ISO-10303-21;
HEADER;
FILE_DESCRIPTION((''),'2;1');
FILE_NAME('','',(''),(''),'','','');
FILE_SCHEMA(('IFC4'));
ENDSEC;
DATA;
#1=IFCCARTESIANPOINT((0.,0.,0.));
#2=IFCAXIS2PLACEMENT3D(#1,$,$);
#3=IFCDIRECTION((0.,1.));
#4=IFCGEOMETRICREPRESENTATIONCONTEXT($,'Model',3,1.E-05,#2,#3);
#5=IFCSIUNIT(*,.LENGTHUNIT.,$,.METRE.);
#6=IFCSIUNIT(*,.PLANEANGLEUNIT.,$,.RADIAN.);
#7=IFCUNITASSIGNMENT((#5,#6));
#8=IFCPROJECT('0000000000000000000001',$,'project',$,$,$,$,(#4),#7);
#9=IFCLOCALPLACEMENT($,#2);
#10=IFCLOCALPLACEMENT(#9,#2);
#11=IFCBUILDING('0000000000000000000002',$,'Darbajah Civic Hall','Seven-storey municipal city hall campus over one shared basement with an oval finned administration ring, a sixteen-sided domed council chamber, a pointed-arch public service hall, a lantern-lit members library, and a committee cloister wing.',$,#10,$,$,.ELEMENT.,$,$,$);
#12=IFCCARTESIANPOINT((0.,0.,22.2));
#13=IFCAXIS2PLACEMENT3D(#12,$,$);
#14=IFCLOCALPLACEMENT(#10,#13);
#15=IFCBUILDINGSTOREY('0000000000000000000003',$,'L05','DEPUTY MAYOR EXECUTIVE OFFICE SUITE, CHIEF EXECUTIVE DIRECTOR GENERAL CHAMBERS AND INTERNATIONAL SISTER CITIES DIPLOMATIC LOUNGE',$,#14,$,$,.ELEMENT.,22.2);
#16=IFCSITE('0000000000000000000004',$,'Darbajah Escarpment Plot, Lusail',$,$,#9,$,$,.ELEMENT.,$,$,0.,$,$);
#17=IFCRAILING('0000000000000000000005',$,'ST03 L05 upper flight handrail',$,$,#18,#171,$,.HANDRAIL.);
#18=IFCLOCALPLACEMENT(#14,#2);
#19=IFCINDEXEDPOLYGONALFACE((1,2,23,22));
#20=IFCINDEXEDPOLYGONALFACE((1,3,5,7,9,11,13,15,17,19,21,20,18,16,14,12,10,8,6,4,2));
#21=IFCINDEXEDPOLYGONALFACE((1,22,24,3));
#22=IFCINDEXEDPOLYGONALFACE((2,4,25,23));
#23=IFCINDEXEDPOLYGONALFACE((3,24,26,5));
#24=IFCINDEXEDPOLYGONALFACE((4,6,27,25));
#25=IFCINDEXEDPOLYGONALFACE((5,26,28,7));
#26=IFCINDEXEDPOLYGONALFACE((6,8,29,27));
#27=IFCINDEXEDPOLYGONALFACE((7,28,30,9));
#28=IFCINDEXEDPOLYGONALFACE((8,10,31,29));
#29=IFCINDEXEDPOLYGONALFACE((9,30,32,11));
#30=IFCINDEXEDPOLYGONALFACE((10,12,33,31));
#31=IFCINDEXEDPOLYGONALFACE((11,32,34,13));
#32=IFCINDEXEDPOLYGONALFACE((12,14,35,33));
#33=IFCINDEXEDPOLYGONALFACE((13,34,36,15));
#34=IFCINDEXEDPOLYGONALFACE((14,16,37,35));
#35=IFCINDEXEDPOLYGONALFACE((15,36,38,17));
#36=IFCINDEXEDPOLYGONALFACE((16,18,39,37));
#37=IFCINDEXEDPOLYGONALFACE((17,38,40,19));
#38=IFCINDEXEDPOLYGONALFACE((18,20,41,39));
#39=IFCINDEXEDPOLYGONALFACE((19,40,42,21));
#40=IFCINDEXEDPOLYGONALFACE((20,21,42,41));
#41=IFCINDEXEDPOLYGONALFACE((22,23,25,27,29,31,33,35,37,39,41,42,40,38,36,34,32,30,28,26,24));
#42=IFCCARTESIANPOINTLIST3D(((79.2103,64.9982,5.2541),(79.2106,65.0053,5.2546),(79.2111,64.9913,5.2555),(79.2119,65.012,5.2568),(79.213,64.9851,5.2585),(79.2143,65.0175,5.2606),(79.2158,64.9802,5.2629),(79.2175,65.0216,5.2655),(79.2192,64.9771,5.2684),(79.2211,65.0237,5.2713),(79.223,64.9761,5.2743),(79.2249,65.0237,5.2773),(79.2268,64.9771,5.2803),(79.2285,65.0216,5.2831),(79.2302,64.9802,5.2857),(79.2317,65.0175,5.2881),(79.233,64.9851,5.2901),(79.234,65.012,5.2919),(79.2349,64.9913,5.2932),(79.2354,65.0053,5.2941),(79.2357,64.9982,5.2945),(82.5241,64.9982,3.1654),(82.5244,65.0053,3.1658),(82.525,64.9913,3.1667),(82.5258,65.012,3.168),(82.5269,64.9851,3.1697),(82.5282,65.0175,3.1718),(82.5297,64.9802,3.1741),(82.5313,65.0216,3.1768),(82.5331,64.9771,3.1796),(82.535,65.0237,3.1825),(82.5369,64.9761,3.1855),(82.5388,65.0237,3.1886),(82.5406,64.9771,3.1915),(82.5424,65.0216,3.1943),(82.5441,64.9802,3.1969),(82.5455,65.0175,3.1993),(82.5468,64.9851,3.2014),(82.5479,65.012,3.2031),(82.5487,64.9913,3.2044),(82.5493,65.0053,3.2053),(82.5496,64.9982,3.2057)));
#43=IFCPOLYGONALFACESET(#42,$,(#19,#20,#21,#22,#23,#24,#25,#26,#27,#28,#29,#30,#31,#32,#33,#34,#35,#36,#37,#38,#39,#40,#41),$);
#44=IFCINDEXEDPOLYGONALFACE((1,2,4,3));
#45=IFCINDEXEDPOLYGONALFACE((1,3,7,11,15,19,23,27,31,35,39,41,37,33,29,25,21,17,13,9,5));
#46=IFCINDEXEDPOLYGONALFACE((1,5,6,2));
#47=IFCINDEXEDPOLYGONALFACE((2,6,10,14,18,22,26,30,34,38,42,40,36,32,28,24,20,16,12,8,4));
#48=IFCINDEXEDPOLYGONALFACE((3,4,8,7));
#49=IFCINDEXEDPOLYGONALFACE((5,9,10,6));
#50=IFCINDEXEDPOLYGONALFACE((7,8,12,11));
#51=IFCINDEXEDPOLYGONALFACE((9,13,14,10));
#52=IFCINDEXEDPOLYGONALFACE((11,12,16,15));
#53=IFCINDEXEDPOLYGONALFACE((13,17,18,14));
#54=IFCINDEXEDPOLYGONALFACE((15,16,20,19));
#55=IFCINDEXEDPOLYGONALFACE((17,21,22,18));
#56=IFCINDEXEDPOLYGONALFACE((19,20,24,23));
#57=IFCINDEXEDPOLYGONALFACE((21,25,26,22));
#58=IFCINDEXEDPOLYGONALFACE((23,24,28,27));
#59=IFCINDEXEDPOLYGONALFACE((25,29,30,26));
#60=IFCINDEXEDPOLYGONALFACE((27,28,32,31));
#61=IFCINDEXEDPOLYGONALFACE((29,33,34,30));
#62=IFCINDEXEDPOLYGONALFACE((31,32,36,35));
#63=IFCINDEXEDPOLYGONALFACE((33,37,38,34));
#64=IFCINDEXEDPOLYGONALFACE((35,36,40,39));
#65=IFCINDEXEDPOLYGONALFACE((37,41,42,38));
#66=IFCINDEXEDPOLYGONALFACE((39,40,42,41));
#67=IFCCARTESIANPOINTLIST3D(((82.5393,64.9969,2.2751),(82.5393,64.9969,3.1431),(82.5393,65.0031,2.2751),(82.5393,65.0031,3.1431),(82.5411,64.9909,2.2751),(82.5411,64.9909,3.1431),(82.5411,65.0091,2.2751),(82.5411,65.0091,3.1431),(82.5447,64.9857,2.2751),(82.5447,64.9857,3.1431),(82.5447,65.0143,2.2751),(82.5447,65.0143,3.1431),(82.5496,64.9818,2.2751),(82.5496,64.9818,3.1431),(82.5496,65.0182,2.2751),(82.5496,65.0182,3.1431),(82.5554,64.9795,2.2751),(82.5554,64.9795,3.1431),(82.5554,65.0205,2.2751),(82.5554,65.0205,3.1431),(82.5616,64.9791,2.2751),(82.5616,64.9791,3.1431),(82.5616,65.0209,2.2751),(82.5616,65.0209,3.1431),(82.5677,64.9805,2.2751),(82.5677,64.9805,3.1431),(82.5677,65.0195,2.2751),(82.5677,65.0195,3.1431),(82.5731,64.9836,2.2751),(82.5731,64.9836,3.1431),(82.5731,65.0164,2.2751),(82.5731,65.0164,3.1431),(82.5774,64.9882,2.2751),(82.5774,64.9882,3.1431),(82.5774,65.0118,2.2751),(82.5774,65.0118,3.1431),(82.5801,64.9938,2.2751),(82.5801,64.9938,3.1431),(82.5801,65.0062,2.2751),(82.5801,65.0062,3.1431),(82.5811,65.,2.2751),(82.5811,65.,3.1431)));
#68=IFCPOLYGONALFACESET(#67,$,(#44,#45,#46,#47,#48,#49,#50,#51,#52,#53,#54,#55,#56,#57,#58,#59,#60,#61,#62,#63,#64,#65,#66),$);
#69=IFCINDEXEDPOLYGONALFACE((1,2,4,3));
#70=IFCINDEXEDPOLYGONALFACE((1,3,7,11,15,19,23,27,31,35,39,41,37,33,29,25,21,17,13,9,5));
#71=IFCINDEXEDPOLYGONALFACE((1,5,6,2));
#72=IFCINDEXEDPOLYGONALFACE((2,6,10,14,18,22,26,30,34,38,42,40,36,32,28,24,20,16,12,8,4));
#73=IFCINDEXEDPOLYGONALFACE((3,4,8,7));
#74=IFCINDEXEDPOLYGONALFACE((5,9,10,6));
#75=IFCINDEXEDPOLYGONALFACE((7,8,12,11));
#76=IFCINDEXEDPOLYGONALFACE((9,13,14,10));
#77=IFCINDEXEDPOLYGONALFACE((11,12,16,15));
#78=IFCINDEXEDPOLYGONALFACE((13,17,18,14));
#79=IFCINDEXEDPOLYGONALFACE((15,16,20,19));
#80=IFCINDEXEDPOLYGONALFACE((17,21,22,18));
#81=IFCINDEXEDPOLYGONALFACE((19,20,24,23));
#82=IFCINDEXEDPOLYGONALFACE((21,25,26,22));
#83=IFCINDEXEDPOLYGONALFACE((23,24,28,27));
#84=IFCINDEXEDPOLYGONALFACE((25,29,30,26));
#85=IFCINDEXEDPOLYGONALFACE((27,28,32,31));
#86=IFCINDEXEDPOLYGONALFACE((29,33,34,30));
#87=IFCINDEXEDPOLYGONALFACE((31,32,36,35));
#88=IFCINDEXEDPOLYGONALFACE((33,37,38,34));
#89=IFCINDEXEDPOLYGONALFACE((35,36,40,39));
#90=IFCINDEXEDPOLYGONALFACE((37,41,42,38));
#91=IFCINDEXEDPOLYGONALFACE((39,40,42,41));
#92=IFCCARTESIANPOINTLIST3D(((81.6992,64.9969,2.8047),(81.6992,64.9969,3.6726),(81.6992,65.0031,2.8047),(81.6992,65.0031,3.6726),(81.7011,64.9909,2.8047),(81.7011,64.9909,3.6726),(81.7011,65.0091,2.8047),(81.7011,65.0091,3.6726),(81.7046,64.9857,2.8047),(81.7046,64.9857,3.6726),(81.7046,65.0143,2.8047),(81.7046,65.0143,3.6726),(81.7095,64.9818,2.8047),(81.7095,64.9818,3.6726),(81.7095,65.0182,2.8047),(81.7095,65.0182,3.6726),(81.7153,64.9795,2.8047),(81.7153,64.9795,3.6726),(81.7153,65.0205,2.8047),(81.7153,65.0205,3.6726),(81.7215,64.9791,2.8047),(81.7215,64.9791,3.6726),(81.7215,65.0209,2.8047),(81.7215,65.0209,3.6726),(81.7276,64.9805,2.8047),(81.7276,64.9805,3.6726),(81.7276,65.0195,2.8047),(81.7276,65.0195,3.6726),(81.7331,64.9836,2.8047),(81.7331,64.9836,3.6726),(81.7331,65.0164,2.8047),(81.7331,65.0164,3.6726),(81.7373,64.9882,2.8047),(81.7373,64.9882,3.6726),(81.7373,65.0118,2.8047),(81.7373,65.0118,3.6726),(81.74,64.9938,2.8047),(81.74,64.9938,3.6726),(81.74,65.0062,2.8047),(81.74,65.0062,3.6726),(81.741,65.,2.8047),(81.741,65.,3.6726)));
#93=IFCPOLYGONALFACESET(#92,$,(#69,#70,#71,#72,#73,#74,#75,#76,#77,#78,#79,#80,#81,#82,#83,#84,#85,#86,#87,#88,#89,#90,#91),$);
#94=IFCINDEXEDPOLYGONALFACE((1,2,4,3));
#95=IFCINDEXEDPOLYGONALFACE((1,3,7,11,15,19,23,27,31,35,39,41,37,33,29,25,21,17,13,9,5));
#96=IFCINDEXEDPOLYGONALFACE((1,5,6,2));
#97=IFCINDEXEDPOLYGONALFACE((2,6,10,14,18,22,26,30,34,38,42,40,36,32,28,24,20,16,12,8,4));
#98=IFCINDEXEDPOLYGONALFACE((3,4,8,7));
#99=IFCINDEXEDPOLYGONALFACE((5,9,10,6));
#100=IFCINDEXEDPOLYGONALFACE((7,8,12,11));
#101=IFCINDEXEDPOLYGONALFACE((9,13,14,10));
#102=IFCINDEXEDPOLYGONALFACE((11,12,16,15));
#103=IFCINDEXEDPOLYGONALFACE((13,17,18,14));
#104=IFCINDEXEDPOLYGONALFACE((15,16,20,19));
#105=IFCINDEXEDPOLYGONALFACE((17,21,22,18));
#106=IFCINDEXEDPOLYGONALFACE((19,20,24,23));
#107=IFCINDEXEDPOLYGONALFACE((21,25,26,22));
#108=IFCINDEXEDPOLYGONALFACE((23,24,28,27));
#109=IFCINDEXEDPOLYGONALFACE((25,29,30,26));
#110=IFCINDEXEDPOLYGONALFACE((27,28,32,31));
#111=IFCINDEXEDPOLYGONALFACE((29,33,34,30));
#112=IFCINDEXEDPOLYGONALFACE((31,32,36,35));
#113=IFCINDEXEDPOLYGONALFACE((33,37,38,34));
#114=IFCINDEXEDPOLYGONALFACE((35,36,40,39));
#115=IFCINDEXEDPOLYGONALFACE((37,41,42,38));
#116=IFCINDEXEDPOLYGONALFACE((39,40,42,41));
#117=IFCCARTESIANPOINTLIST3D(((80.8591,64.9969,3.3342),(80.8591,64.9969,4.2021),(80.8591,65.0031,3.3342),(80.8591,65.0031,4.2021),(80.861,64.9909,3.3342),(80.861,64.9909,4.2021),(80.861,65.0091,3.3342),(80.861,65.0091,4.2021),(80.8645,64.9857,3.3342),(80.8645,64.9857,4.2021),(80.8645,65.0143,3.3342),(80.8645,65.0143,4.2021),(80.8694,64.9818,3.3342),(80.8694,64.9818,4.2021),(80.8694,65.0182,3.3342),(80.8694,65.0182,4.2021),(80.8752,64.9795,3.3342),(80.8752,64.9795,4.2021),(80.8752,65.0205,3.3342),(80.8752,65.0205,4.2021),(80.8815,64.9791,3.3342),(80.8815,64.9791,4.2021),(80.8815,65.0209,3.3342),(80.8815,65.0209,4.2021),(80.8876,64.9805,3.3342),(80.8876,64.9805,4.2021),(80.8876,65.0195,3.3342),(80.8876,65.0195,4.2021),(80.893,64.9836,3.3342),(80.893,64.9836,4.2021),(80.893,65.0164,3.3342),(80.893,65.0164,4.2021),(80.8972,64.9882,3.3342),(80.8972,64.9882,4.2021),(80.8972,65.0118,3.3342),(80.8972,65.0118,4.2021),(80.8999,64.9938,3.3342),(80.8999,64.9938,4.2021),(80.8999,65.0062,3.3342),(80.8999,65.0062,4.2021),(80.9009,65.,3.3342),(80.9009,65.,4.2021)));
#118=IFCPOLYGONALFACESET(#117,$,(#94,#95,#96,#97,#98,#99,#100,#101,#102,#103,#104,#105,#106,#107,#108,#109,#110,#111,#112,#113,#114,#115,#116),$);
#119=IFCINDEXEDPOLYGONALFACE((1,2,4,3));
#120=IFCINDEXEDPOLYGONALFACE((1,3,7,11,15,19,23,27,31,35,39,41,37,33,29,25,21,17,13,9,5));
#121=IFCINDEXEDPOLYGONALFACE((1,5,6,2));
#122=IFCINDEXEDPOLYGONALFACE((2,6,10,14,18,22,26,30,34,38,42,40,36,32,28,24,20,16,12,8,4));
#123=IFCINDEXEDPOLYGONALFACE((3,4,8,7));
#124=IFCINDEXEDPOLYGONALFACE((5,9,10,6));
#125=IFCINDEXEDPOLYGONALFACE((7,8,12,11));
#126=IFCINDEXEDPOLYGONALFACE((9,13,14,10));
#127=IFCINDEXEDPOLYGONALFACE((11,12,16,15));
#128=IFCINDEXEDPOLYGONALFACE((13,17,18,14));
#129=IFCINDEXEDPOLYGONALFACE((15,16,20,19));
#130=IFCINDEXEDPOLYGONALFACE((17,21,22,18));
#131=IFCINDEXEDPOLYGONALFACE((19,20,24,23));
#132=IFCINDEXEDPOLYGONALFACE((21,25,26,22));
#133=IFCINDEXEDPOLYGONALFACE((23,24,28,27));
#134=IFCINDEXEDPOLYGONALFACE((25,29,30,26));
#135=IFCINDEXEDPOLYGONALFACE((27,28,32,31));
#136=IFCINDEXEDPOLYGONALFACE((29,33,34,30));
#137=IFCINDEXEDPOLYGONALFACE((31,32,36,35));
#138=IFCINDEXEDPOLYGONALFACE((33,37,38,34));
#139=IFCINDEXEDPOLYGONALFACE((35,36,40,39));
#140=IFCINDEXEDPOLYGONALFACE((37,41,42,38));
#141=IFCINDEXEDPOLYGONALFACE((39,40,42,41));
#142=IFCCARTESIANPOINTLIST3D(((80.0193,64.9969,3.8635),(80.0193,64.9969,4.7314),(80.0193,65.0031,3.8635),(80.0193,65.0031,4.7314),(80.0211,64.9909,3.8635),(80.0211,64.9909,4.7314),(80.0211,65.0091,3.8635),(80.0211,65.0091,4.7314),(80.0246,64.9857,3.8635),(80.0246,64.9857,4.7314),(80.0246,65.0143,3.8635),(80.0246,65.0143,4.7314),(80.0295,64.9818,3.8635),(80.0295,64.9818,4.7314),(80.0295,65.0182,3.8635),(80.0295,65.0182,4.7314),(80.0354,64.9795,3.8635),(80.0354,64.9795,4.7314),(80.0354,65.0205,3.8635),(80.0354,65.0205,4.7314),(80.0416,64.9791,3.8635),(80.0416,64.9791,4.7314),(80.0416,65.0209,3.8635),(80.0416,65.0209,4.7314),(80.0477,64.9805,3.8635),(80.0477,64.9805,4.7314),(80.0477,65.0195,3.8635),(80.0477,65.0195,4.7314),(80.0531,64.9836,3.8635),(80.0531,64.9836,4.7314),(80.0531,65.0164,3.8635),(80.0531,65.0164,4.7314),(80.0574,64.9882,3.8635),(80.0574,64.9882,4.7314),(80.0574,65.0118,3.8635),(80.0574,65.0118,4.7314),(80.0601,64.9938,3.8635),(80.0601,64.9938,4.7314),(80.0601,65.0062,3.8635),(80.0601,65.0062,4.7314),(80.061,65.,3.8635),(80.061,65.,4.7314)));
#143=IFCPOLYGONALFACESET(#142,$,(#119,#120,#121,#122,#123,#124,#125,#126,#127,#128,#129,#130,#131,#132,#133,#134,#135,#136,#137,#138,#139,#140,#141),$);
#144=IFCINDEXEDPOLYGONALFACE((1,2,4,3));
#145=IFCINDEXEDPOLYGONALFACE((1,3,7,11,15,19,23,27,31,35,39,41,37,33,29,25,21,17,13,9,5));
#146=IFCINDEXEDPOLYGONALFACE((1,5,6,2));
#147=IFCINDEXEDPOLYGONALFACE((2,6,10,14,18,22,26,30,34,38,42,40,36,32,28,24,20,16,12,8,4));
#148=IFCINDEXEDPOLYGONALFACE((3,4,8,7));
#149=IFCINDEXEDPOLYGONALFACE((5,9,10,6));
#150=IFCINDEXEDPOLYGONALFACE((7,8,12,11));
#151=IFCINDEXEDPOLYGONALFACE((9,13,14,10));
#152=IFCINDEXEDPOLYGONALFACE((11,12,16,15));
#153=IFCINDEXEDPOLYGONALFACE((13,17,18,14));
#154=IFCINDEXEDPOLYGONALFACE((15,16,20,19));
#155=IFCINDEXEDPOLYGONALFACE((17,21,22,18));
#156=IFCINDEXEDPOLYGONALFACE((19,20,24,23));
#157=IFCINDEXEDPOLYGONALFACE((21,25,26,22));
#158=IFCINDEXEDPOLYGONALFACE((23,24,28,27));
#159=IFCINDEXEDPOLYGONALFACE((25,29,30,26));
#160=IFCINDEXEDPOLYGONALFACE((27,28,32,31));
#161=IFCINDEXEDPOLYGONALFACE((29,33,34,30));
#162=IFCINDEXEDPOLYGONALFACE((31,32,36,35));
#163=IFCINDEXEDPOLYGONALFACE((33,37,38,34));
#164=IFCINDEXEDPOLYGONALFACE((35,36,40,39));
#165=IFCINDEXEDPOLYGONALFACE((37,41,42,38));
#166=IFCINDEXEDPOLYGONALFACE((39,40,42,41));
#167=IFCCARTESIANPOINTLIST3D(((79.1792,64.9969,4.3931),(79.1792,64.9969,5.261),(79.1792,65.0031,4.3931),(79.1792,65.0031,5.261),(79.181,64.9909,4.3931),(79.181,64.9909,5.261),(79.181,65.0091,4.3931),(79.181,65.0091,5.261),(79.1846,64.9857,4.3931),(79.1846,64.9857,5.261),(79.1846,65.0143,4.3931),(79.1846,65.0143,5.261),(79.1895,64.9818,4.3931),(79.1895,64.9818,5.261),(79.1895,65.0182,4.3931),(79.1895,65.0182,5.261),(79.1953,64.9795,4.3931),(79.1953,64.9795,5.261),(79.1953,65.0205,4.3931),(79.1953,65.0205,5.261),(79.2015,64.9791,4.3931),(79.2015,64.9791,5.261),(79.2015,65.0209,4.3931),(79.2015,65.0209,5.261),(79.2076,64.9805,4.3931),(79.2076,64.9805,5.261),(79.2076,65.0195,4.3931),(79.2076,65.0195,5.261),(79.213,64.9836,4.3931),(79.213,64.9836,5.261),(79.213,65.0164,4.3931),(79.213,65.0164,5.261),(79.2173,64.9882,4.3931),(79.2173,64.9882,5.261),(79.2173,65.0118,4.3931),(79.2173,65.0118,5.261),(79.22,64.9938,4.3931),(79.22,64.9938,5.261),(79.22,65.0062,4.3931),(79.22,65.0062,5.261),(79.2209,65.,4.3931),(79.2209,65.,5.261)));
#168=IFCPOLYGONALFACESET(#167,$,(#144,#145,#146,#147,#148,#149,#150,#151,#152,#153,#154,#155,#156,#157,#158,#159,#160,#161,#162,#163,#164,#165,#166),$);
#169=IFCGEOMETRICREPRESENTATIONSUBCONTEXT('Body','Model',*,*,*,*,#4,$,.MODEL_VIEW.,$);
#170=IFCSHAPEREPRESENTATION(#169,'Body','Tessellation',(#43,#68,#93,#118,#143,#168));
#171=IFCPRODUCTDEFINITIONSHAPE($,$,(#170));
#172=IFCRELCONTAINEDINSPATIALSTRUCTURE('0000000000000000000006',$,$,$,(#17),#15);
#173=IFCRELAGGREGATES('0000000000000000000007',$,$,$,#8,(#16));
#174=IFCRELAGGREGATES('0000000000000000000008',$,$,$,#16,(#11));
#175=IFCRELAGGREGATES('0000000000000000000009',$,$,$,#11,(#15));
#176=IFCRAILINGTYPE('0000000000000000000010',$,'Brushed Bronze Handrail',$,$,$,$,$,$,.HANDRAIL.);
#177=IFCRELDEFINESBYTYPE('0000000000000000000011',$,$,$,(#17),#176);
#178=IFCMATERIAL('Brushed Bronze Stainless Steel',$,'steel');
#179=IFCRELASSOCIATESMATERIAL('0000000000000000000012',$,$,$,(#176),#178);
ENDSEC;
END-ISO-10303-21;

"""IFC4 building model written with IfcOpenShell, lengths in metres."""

from ifc_helpers import new_model, si_unit, direction, frame, origin, origin_2d, place, context, subcontext, project, spatial, circle, extrude, material, type_object, element, save


model = new_model("IFC4")

# Units and contexts
model_context = context("Model", 3, precision=1e-05, world=origin(), true_north=direction((0.0, 1.0)))
body_context = subcontext(model_context, "Body", "Model", "MODEL_VIEW")
ifc_project = project(units=[si_unit("LENGTHUNIT", "METRE"), si_unit("PLANEANGLEUNIT", "RADIAN")], contexts=[model_context])

# Site, building, storey
site_placement = place(None, origin())
site = spatial("IfcSite", under=ifc_project, at=site_placement, Name="Darbajah Escarpment Plot, Lusail", CompositionType="ELEMENT", RefElevation=0.0)
building_placement = place(site_placement, origin())
building = spatial("IfcBuilding", under=site, at=building_placement, Name="Darbajah Civic Hall", Description="Seven-storey municipal city hall campus over one shared basement with an oval finned administration ring, a sixteen-sided domed council chamber, a pointed-arch public service hall, a lantern-lit members library, and a committee cloister wing.", CompositionType="ELEMENT")
storey_placement = place(building_placement, frame((0.0, 0.0, 22.2)))
storey = spatial("IfcBuildingStorey", under=building, at=storey_placement, Name="L05", Description="DEPUTY MAYOR EXECUTIVE OFFICE SUITE, CHIEF EXECUTIVE DIRECTOR GENERAL CHAMBERS AND INTERNATIONAL SISTER CITIES DIPLOMATIC LOUNGE", CompositionType="ELEMENT", Elevation=22.2)

# Railing
ifc_material_1 = material(Name="Brushed Bronze Stainless Steel", Category="steel")
railing_type_1 = type_object("IfcRailingType", Name="Brushed Bronze Handrail", PredefinedType="HANDRAIL", material=ifc_material_1)
railing_1_placement = place(storey_placement, frame((82.5601, 65.0, 2.2751)))
element("IfcRailing", 1, at=railing_1_placement, inside=storey, type_object=railing_type_1, Name="ST03 L05 upper flight handrail", PredefinedType="HANDRAIL", context=body_context, shape_type="SweptSolid", body=[
    extrude(circle(Radius=0.0239, at=origin_2d()), frame((-0.0232, 0.0, 0.9104), z_axis=(-0.845972, 0.0, 0.533227), x_axis=(0.0, -1.0, 0.0)), (0.0, 0.0, 1.0), 3.9172),
    extrude(circle(Radius=0.021, at=origin_2d()), origin(), (0.0, 0.0, 1.0), 0.8679),
    extrude(circle(Radius=0.021, at=origin_2d()), frame((-0.8401, 0.0, 0.5295)), (0.0, 0.0, 1.0), 0.8679),
    extrude(circle(Radius=0.021, at=origin_2d()), frame((-1.6802, 0.0, 1.0591)), (0.0, 0.0, 1.0), 0.8679),
    extrude(circle(Radius=0.021, at=origin_2d()), frame((-2.52, 0.0, 1.5884)), (0.0, 0.0, 1.0), 0.8679),
    extrude(circle(Radius=0.021, at=origin_2d()), frame((-3.3601, 0.0, 2.1179)), (0.0, 0.0, 1.0), 0.8679),
])

save(model, "model.ifc")
